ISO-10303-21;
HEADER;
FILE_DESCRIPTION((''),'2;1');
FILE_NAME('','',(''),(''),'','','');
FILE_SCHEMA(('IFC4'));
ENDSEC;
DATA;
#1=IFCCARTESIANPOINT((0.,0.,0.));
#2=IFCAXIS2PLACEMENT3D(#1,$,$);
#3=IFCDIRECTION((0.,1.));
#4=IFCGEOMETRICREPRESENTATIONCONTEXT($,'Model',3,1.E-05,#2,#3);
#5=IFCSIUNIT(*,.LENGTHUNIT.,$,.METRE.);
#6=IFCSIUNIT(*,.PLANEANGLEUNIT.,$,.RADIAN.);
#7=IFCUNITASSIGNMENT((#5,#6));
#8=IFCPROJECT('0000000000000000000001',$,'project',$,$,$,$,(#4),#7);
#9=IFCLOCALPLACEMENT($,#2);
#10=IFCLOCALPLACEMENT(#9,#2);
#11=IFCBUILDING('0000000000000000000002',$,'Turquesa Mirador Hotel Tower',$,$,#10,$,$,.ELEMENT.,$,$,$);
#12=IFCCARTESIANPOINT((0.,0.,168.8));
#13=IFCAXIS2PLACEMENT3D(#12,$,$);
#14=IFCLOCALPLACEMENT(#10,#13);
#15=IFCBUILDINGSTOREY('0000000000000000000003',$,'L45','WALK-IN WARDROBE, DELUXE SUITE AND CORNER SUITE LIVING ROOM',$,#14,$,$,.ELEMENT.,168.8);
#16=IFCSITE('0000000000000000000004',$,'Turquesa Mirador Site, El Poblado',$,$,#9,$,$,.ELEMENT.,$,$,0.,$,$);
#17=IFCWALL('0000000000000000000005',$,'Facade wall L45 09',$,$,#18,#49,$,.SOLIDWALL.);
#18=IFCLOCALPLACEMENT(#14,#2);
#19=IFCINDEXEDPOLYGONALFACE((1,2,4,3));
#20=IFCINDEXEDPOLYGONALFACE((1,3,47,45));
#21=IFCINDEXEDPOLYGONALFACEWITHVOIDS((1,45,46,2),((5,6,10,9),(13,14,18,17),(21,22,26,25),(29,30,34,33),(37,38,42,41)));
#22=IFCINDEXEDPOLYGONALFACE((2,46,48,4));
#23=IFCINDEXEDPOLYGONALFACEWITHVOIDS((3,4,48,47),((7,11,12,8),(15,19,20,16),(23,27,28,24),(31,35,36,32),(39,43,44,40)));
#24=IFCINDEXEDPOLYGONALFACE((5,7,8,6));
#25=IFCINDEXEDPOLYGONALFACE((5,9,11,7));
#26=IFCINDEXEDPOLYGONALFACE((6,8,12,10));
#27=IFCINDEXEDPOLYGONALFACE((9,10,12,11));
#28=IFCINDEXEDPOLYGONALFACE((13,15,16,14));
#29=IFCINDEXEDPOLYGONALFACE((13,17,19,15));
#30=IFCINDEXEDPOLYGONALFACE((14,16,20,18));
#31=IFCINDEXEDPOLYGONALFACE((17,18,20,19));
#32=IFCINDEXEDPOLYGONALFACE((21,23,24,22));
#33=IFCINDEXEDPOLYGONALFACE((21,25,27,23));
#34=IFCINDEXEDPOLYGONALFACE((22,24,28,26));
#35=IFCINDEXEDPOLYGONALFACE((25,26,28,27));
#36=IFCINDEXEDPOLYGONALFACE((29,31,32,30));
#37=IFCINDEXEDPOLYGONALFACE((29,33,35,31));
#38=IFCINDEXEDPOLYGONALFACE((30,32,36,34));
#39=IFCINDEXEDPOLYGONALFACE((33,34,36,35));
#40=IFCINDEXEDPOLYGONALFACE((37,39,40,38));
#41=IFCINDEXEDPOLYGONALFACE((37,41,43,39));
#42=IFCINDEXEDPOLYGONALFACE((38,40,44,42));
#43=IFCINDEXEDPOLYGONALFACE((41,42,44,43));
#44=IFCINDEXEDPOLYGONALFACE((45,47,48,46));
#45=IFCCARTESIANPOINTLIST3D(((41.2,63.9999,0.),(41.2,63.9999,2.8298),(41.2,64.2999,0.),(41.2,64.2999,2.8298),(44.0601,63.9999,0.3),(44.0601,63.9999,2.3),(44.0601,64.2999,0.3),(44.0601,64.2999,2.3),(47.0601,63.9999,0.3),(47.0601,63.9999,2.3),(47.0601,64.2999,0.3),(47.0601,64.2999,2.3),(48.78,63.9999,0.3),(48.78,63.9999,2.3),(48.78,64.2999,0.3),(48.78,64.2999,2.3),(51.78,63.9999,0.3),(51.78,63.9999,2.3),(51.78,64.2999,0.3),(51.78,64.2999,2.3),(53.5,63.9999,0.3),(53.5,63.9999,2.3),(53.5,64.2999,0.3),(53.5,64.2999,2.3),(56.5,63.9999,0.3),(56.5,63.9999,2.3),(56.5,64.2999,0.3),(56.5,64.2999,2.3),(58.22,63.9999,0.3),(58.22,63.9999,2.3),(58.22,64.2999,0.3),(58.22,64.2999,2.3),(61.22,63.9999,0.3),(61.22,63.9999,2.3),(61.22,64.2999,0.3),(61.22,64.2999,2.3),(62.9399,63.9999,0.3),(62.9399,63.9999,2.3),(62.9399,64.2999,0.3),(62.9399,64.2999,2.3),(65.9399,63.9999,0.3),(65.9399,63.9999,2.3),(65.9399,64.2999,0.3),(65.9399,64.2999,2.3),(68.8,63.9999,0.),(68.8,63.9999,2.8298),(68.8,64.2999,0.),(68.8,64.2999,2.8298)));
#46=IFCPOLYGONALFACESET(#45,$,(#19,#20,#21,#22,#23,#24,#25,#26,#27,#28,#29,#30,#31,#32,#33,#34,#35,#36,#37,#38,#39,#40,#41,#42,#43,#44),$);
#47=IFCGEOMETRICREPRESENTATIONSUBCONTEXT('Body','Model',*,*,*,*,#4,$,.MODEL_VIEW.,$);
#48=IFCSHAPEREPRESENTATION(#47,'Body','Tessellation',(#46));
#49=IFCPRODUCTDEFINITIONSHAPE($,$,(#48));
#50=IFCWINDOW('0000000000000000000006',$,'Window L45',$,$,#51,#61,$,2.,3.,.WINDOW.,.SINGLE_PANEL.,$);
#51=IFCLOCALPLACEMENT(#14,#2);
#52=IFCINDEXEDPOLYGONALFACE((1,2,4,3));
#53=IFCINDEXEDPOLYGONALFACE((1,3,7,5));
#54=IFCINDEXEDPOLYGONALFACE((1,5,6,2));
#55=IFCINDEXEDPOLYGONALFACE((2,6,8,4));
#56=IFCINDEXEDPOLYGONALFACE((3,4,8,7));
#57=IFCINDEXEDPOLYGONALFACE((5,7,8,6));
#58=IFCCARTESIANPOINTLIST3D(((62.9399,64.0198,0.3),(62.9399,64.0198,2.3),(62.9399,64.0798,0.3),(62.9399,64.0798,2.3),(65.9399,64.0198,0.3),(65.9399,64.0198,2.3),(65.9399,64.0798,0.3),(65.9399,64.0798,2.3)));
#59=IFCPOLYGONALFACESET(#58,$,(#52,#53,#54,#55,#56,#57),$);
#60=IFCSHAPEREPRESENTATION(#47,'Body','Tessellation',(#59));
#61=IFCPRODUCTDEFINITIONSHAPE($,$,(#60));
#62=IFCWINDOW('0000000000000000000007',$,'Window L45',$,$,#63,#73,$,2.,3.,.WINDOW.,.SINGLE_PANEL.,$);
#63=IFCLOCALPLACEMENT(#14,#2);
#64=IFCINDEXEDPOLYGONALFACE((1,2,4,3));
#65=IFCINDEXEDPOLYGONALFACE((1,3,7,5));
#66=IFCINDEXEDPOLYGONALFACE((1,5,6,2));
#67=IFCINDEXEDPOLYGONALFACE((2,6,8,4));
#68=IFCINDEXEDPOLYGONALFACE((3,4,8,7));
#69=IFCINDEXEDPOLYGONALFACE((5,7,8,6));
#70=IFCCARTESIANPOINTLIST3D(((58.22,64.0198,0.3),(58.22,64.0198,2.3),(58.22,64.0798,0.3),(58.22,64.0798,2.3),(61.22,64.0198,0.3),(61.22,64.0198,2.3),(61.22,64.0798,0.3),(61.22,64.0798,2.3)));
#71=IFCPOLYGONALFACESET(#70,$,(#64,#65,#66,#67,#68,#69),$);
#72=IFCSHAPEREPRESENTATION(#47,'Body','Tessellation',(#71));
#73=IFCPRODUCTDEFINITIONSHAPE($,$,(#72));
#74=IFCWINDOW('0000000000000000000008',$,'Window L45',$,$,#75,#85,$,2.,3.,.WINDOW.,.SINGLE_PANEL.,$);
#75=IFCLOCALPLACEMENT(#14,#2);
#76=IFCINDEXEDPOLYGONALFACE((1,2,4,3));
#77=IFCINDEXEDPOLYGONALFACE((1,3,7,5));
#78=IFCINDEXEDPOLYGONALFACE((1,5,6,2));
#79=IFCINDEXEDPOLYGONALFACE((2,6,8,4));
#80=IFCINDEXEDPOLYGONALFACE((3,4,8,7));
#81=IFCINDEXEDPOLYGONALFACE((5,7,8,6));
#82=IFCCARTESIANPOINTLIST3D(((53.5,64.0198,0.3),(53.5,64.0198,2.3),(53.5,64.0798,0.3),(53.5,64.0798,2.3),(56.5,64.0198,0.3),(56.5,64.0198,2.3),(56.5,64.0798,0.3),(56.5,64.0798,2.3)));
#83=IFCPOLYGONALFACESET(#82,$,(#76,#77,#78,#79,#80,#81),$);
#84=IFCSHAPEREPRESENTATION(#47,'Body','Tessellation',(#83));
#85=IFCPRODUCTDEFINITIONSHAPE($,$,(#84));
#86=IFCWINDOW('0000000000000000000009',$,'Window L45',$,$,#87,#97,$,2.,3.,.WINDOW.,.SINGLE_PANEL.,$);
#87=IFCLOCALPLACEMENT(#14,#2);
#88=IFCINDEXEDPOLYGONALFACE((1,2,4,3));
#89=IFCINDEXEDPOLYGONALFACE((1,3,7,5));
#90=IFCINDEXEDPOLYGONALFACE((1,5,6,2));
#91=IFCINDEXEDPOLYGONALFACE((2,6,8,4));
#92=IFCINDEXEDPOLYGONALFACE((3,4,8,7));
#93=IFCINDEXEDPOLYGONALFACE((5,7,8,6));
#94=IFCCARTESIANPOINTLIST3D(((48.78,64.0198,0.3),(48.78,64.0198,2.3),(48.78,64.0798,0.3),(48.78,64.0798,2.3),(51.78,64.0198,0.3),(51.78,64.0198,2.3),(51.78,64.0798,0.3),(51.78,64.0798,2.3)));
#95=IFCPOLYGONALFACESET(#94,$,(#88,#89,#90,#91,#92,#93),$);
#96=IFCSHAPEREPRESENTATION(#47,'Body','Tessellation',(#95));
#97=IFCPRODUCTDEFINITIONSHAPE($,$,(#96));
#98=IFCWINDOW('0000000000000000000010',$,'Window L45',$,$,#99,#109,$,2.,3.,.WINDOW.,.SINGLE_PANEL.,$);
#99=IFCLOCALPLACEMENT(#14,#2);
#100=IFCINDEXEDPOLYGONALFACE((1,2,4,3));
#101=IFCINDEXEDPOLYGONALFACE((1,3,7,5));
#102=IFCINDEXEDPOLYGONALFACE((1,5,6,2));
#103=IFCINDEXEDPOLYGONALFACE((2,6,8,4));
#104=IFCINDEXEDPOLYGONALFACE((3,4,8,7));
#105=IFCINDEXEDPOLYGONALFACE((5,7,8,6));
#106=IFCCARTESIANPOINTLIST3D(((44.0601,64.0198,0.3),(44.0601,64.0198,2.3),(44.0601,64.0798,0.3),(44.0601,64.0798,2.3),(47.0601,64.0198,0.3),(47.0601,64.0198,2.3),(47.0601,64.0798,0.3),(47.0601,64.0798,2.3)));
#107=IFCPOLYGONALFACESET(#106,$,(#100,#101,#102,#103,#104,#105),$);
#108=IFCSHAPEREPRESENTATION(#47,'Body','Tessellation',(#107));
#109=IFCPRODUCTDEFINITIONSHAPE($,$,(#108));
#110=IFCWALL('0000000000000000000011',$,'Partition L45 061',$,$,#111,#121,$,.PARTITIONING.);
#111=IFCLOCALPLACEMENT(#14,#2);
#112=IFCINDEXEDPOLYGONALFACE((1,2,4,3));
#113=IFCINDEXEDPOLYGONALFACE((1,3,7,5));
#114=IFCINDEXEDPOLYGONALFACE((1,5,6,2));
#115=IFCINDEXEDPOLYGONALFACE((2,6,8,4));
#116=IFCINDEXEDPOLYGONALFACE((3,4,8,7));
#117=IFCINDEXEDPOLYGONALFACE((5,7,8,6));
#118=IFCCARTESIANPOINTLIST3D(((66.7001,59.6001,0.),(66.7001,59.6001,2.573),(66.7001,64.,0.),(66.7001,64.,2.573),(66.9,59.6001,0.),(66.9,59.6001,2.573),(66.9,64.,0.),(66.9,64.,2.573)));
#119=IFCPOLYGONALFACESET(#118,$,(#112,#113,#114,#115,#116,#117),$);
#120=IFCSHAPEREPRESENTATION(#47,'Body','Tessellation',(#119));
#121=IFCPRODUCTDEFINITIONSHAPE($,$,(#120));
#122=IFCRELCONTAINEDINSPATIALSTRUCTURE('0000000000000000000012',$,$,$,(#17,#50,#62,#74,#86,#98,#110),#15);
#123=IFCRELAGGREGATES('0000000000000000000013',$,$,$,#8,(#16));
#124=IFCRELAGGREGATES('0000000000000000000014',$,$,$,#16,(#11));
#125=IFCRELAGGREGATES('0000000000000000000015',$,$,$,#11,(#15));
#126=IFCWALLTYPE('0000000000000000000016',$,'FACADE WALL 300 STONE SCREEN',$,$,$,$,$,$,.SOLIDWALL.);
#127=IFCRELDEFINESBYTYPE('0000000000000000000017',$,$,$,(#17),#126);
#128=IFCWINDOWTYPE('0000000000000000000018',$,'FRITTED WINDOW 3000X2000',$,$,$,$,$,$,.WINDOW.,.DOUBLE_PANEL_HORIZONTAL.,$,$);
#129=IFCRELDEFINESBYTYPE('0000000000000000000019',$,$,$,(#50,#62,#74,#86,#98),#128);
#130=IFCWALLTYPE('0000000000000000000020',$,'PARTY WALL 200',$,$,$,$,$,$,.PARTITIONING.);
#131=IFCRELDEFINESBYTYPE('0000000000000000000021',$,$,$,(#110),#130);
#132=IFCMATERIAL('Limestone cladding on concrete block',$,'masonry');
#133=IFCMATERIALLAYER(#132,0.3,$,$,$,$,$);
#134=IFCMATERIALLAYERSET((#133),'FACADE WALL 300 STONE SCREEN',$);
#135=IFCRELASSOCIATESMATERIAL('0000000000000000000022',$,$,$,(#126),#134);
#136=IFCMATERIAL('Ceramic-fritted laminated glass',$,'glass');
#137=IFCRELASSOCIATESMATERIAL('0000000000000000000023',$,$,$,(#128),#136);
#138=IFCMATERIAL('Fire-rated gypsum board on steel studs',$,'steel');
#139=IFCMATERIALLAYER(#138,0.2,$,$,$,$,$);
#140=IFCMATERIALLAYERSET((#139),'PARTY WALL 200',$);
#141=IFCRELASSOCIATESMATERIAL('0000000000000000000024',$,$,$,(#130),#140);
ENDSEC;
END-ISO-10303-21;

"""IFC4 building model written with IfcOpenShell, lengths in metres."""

from ifc_helpers import new_model, si_unit, direction, frame, frame_2d, origin, place, context, subcontext, project, spatial, rectangle, extrude, material, layer, layer_set, type_object, element, fill, save


model = new_model("IFC4")

# Units and contexts
model_context = context("Model", 3, precision=1e-05, world=origin(), true_north=direction((0.0, 1.0)))
body_context = subcontext(model_context, "Body", "Model", "MODEL_VIEW")
ifc_project = project(units=[si_unit("LENGTHUNIT", "METRE"), si_unit("PLANEANGLEUNIT", "RADIAN")], contexts=[model_context])

# Site, building, storey
site_placement = place(None, origin())
site = spatial("IfcSite", under=ifc_project, at=site_placement, Name="Turquesa Mirador Site, El Poblado", CompositionType="ELEMENT", RefElevation=0.0)
building_placement = place(site_placement, origin())
building = spatial("IfcBuilding", under=site, at=building_placement, Name="Turquesa Mirador Hotel Tower", CompositionType="ELEMENT")
storey_placement = place(building_placement, frame((0.0, 0.0, 168.8)))
storey = spatial("IfcBuildingStorey", under=building, at=storey_placement, Name="L45", Description="WALK-IN WARDROBE, DELUXE SUITE AND CORNER SUITE LIVING ROOM", CompositionType="ELEMENT", Elevation=168.8)

# Shared definitions
ifc_material_1 = material(Name="Limestone cladding on concrete block", Category="masonry")
ifc_layer_1 = layer(ifc_material_1, 0.3)
ifc_layer_set_1 = layer_set([ifc_layer_1], Name="FACADE WALL 300 STONE SCREEN")
wall_type_1 = type_object("IfcWallType", Name="FACADE WALL 300 STONE SCREEN", PredefinedType="SOLIDWALL", material=ifc_layer_set_1)

# Wall, openings, windows
wall_1_placement = place(storey_placement, frame((68.8, 64.1499, 0.0), z_axis=(0.0, 0.0, 1.0), x_axis=(-1.0, 0.0, 0.0)))
wall_1 = element("IfcWall", 1, at=wall_1_placement, inside=storey, type_object=wall_type_1, Name="Facade wall L45 09", PredefinedType="SOLIDWALL", context=body_context, shape_type="SweptSolid", body=[
    extrude(rectangle(XDim=27.6001, YDim=0.3, at=frame_2d((13.8, 0.0))), origin(), (0.0, 0.0, 1.0), 2.8298),
])
opening_1_placement = place(wall_1_placement, frame((2.8601, 0.0, 0.3)))
opening_1 = element("IfcOpeningElement", 2, at=opening_1_placement, cuts=wall_1, PredefinedType="OPENING", context=body_context, shape_type="SweptSolid", body=[
    extrude(rectangle(XDim=3.0, YDim=2.0, at=frame_2d((1.5, 1.0))), frame((0.0, 0.1599, 0.0), z_axis=(0.0, -1.0, 0.0), x_axis=(1.0, 0.0, 0.0)), (0.0, 0.0, 1.0), 0.3201),
])
opening_2_placement = place(wall_1_placement, frame((7.5801, 0.0, 0.3)))
opening_2 = element("IfcOpeningElement", 3, at=opening_2_placement, cuts=wall_1, PredefinedType="OPENING", context=body_context, shape_type="SweptSolid", body=[
    extrude(rectangle(XDim=3.0, YDim=2.0, at=frame_2d((1.5, 1.0))), frame((0.0, 0.1599, 0.0), z_axis=(0.0, -1.0, 0.0), x_axis=(1.0, 0.0, 0.0)), (0.0, 0.0, 1.0), 0.3201),
])
opening_3_placement = place(wall_1_placement, frame((12.3, 0.0, 0.3)))
opening_3 = element("IfcOpeningElement", 4, at=opening_3_placement, cuts=wall_1, PredefinedType="OPENING", context=body_context, shape_type="SweptSolid", body=[
    extrude(rectangle(XDim=3.0, YDim=2.0, at=frame_2d((1.5, 1.0))), frame((0.0, 0.1599, 0.0), z_axis=(0.0, -1.0, 0.0), x_axis=(1.0, 0.0, 0.0)), (0.0, 0.0, 1.0), 0.3201),
])
opening_4_placement = place(wall_1_placement, frame((17.02, 0.0, 0.3)))
opening_4 = element("IfcOpeningElement", 5, at=opening_4_placement, cuts=wall_1, PredefinedType="OPENING", context=body_context, shape_type="SweptSolid", body=[
    extrude(rectangle(XDim=3.0, YDim=2.0, at=frame_2d((1.5, 1.0))), frame((0.0, 0.1599, 0.0), z_axis=(0.0, -1.0, 0.0), x_axis=(1.0, 0.0, 0.0)), (0.0, 0.0, 1.0), 0.3201),
])
opening_5_placement = place(wall_1_placement, frame((21.74, 0.0, 0.3)))
opening_5 = element("IfcOpeningElement", 6, at=opening_5_placement, cuts=wall_1, PredefinedType="OPENING", context=body_context, shape_type="SweptSolid", body=[
    extrude(rectangle(XDim=3.0, YDim=2.0, at=frame_2d((1.5, 1.0))), frame((0.0, 0.1599, 0.0), z_axis=(0.0, -1.0, 0.0), x_axis=(1.0, 0.0, 0.0)), (0.0, 0.0, 1.0), 0.3201),
])
ifc_material_2 = material(Name="Ceramic-fritted laminated glass", Category="glass")
window_type_1 = type_object("IfcWindowType", Name="FRITTED WINDOW 3000X2000", PartitioningType="DOUBLE_PANEL_HORIZONTAL", PredefinedType="WINDOW", material=ifc_material_2)
window_1_placement = place(opening_1_placement, origin())
window_1 = element("IfcWindow", 7, at=window_1_placement, inside=storey, type_object=window_type_1, Name="Window L45", OverallHeight=2.0, OverallWidth=3.0, PartitioningType="SINGLE_PANEL", PredefinedType="WINDOW", context=body_context, shape_type="SweptSolid", body=[
    extrude(rectangle(XDim=3.0, YDim=2.0, at=frame_2d((1.5, 1.0))), frame((0.0, 0.1301, 0.0), z_axis=(0.0, -1.0, 0.0), x_axis=(1.0, 0.0, 0.0)), (0.0, 0.0, 1.0), 0.0601),
])
fill(opening_1, window_1)
window_2_placement = place(opening_2_placement, origin())
window_2 = element("IfcWindow", 8, at=window_2_placement, inside=storey, type_object=window_type_1, Name="Window L45", OverallHeight=2.0, OverallWidth=3.0, PartitioningType="SINGLE_PANEL", PredefinedType="WINDOW", context=body_context, shape_type="SweptSolid", body=[
    extrude(rectangle(XDim=3.0, YDim=2.0, at=frame_2d((1.5, 1.0))), frame((0.0, 0.1301, 0.0), z_axis=(0.0, -1.0, 0.0), x_axis=(1.0, 0.0, 0.0)), (0.0, 0.0, 1.0), 0.0601),
])
fill(opening_2, window_2)
window_3_placement = place(opening_3_placement, origin())
window_3 = element("IfcWindow", 9, at=window_3_placement, inside=storey, type_object=window_type_1, Name="Window L45", OverallHeight=2.0, OverallWidth=3.0, PartitioningType="SINGLE_PANEL", PredefinedType="WINDOW", context=body_context, shape_type="SweptSolid", body=[
    extrude(rectangle(XDim=3.0, YDim=2.0, at=frame_2d((1.5, 1.0))), frame((0.0, 0.1301, 0.0), z_axis=(0.0, -1.0, 0.0), x_axis=(1.0, 0.0, 0.0)), (0.0, 0.0, 1.0), 0.0601),
])
fill(opening_3, window_3)
window_4_placement = place(opening_4_placement, origin())
window_4 = element("IfcWindow", 10, at=window_4_placement, inside=storey, type_object=window_type_1, Name="Window L45", OverallHeight=2.0, OverallWidth=3.0, PartitioningType="SINGLE_PANEL", PredefinedType="WINDOW", context=body_context, shape_type="SweptSolid", body=[
    extrude(rectangle(XDim=3.0, YDim=2.0, at=frame_2d((1.5, 1.0))), frame((0.0, 0.1301, 0.0), z_axis=(0.0, -1.0, 0.0), x_axis=(1.0, 0.0, 0.0)), (0.0, 0.0, 1.0), 0.0601),
])
fill(opening_4, window_4)
window_5_placement = place(opening_5_placement, origin())
window_5 = element("IfcWindow", 11, at=window_5_placement, inside=storey, type_object=window_type_1, Name="Window L45", OverallHeight=2.0, OverallWidth=3.0, PartitioningType="SINGLE_PANEL", PredefinedType="WINDOW", context=body_context, shape_type="SweptSolid", body=[
    extrude(rectangle(XDim=3.0, YDim=2.0, at=frame_2d((1.5, 1.0))), frame((0.0, 0.1301, 0.0), z_axis=(0.0, -1.0, 0.0), x_axis=(1.0, 0.0, 0.0)), (0.0, 0.0, 1.0), 0.0601),
])
fill(opening_5, window_5)

# Wall
ifc_material_3 = material(Name="Fire-rated gypsum board on steel studs", Category="steel")
ifc_layer_2 = layer(ifc_material_3, 0.2)
ifc_layer_set_2 = layer_set([ifc_layer_2], Name="PARTY WALL 200")
wall_type_2 = type_object("IfcWallType", Name="PARTY WALL 200", PredefinedType="PARTITIONING", material=ifc_layer_set_2)
wall_2_placement = place(storey_placement, frame((66.8, 59.6001, 0.0), z_axis=(0.0, 0.0, 1.0), x_axis=(0.0, 1.0, 0.0)))
element("IfcWall", 12, at=wall_2_placement, inside=storey, type_object=wall_type_2, Name="Partition L45 061", PredefinedType="PARTITIONING", context=body_context, shape_type="SweptSolid", body=[
    extrude(rectangle(XDim=4.3999, YDim=0.2, at=frame_2d((2.2, 0.0))), origin(), (0.0, 0.0, 1.0), 2.573),
])

save(model, "model.ifc")
